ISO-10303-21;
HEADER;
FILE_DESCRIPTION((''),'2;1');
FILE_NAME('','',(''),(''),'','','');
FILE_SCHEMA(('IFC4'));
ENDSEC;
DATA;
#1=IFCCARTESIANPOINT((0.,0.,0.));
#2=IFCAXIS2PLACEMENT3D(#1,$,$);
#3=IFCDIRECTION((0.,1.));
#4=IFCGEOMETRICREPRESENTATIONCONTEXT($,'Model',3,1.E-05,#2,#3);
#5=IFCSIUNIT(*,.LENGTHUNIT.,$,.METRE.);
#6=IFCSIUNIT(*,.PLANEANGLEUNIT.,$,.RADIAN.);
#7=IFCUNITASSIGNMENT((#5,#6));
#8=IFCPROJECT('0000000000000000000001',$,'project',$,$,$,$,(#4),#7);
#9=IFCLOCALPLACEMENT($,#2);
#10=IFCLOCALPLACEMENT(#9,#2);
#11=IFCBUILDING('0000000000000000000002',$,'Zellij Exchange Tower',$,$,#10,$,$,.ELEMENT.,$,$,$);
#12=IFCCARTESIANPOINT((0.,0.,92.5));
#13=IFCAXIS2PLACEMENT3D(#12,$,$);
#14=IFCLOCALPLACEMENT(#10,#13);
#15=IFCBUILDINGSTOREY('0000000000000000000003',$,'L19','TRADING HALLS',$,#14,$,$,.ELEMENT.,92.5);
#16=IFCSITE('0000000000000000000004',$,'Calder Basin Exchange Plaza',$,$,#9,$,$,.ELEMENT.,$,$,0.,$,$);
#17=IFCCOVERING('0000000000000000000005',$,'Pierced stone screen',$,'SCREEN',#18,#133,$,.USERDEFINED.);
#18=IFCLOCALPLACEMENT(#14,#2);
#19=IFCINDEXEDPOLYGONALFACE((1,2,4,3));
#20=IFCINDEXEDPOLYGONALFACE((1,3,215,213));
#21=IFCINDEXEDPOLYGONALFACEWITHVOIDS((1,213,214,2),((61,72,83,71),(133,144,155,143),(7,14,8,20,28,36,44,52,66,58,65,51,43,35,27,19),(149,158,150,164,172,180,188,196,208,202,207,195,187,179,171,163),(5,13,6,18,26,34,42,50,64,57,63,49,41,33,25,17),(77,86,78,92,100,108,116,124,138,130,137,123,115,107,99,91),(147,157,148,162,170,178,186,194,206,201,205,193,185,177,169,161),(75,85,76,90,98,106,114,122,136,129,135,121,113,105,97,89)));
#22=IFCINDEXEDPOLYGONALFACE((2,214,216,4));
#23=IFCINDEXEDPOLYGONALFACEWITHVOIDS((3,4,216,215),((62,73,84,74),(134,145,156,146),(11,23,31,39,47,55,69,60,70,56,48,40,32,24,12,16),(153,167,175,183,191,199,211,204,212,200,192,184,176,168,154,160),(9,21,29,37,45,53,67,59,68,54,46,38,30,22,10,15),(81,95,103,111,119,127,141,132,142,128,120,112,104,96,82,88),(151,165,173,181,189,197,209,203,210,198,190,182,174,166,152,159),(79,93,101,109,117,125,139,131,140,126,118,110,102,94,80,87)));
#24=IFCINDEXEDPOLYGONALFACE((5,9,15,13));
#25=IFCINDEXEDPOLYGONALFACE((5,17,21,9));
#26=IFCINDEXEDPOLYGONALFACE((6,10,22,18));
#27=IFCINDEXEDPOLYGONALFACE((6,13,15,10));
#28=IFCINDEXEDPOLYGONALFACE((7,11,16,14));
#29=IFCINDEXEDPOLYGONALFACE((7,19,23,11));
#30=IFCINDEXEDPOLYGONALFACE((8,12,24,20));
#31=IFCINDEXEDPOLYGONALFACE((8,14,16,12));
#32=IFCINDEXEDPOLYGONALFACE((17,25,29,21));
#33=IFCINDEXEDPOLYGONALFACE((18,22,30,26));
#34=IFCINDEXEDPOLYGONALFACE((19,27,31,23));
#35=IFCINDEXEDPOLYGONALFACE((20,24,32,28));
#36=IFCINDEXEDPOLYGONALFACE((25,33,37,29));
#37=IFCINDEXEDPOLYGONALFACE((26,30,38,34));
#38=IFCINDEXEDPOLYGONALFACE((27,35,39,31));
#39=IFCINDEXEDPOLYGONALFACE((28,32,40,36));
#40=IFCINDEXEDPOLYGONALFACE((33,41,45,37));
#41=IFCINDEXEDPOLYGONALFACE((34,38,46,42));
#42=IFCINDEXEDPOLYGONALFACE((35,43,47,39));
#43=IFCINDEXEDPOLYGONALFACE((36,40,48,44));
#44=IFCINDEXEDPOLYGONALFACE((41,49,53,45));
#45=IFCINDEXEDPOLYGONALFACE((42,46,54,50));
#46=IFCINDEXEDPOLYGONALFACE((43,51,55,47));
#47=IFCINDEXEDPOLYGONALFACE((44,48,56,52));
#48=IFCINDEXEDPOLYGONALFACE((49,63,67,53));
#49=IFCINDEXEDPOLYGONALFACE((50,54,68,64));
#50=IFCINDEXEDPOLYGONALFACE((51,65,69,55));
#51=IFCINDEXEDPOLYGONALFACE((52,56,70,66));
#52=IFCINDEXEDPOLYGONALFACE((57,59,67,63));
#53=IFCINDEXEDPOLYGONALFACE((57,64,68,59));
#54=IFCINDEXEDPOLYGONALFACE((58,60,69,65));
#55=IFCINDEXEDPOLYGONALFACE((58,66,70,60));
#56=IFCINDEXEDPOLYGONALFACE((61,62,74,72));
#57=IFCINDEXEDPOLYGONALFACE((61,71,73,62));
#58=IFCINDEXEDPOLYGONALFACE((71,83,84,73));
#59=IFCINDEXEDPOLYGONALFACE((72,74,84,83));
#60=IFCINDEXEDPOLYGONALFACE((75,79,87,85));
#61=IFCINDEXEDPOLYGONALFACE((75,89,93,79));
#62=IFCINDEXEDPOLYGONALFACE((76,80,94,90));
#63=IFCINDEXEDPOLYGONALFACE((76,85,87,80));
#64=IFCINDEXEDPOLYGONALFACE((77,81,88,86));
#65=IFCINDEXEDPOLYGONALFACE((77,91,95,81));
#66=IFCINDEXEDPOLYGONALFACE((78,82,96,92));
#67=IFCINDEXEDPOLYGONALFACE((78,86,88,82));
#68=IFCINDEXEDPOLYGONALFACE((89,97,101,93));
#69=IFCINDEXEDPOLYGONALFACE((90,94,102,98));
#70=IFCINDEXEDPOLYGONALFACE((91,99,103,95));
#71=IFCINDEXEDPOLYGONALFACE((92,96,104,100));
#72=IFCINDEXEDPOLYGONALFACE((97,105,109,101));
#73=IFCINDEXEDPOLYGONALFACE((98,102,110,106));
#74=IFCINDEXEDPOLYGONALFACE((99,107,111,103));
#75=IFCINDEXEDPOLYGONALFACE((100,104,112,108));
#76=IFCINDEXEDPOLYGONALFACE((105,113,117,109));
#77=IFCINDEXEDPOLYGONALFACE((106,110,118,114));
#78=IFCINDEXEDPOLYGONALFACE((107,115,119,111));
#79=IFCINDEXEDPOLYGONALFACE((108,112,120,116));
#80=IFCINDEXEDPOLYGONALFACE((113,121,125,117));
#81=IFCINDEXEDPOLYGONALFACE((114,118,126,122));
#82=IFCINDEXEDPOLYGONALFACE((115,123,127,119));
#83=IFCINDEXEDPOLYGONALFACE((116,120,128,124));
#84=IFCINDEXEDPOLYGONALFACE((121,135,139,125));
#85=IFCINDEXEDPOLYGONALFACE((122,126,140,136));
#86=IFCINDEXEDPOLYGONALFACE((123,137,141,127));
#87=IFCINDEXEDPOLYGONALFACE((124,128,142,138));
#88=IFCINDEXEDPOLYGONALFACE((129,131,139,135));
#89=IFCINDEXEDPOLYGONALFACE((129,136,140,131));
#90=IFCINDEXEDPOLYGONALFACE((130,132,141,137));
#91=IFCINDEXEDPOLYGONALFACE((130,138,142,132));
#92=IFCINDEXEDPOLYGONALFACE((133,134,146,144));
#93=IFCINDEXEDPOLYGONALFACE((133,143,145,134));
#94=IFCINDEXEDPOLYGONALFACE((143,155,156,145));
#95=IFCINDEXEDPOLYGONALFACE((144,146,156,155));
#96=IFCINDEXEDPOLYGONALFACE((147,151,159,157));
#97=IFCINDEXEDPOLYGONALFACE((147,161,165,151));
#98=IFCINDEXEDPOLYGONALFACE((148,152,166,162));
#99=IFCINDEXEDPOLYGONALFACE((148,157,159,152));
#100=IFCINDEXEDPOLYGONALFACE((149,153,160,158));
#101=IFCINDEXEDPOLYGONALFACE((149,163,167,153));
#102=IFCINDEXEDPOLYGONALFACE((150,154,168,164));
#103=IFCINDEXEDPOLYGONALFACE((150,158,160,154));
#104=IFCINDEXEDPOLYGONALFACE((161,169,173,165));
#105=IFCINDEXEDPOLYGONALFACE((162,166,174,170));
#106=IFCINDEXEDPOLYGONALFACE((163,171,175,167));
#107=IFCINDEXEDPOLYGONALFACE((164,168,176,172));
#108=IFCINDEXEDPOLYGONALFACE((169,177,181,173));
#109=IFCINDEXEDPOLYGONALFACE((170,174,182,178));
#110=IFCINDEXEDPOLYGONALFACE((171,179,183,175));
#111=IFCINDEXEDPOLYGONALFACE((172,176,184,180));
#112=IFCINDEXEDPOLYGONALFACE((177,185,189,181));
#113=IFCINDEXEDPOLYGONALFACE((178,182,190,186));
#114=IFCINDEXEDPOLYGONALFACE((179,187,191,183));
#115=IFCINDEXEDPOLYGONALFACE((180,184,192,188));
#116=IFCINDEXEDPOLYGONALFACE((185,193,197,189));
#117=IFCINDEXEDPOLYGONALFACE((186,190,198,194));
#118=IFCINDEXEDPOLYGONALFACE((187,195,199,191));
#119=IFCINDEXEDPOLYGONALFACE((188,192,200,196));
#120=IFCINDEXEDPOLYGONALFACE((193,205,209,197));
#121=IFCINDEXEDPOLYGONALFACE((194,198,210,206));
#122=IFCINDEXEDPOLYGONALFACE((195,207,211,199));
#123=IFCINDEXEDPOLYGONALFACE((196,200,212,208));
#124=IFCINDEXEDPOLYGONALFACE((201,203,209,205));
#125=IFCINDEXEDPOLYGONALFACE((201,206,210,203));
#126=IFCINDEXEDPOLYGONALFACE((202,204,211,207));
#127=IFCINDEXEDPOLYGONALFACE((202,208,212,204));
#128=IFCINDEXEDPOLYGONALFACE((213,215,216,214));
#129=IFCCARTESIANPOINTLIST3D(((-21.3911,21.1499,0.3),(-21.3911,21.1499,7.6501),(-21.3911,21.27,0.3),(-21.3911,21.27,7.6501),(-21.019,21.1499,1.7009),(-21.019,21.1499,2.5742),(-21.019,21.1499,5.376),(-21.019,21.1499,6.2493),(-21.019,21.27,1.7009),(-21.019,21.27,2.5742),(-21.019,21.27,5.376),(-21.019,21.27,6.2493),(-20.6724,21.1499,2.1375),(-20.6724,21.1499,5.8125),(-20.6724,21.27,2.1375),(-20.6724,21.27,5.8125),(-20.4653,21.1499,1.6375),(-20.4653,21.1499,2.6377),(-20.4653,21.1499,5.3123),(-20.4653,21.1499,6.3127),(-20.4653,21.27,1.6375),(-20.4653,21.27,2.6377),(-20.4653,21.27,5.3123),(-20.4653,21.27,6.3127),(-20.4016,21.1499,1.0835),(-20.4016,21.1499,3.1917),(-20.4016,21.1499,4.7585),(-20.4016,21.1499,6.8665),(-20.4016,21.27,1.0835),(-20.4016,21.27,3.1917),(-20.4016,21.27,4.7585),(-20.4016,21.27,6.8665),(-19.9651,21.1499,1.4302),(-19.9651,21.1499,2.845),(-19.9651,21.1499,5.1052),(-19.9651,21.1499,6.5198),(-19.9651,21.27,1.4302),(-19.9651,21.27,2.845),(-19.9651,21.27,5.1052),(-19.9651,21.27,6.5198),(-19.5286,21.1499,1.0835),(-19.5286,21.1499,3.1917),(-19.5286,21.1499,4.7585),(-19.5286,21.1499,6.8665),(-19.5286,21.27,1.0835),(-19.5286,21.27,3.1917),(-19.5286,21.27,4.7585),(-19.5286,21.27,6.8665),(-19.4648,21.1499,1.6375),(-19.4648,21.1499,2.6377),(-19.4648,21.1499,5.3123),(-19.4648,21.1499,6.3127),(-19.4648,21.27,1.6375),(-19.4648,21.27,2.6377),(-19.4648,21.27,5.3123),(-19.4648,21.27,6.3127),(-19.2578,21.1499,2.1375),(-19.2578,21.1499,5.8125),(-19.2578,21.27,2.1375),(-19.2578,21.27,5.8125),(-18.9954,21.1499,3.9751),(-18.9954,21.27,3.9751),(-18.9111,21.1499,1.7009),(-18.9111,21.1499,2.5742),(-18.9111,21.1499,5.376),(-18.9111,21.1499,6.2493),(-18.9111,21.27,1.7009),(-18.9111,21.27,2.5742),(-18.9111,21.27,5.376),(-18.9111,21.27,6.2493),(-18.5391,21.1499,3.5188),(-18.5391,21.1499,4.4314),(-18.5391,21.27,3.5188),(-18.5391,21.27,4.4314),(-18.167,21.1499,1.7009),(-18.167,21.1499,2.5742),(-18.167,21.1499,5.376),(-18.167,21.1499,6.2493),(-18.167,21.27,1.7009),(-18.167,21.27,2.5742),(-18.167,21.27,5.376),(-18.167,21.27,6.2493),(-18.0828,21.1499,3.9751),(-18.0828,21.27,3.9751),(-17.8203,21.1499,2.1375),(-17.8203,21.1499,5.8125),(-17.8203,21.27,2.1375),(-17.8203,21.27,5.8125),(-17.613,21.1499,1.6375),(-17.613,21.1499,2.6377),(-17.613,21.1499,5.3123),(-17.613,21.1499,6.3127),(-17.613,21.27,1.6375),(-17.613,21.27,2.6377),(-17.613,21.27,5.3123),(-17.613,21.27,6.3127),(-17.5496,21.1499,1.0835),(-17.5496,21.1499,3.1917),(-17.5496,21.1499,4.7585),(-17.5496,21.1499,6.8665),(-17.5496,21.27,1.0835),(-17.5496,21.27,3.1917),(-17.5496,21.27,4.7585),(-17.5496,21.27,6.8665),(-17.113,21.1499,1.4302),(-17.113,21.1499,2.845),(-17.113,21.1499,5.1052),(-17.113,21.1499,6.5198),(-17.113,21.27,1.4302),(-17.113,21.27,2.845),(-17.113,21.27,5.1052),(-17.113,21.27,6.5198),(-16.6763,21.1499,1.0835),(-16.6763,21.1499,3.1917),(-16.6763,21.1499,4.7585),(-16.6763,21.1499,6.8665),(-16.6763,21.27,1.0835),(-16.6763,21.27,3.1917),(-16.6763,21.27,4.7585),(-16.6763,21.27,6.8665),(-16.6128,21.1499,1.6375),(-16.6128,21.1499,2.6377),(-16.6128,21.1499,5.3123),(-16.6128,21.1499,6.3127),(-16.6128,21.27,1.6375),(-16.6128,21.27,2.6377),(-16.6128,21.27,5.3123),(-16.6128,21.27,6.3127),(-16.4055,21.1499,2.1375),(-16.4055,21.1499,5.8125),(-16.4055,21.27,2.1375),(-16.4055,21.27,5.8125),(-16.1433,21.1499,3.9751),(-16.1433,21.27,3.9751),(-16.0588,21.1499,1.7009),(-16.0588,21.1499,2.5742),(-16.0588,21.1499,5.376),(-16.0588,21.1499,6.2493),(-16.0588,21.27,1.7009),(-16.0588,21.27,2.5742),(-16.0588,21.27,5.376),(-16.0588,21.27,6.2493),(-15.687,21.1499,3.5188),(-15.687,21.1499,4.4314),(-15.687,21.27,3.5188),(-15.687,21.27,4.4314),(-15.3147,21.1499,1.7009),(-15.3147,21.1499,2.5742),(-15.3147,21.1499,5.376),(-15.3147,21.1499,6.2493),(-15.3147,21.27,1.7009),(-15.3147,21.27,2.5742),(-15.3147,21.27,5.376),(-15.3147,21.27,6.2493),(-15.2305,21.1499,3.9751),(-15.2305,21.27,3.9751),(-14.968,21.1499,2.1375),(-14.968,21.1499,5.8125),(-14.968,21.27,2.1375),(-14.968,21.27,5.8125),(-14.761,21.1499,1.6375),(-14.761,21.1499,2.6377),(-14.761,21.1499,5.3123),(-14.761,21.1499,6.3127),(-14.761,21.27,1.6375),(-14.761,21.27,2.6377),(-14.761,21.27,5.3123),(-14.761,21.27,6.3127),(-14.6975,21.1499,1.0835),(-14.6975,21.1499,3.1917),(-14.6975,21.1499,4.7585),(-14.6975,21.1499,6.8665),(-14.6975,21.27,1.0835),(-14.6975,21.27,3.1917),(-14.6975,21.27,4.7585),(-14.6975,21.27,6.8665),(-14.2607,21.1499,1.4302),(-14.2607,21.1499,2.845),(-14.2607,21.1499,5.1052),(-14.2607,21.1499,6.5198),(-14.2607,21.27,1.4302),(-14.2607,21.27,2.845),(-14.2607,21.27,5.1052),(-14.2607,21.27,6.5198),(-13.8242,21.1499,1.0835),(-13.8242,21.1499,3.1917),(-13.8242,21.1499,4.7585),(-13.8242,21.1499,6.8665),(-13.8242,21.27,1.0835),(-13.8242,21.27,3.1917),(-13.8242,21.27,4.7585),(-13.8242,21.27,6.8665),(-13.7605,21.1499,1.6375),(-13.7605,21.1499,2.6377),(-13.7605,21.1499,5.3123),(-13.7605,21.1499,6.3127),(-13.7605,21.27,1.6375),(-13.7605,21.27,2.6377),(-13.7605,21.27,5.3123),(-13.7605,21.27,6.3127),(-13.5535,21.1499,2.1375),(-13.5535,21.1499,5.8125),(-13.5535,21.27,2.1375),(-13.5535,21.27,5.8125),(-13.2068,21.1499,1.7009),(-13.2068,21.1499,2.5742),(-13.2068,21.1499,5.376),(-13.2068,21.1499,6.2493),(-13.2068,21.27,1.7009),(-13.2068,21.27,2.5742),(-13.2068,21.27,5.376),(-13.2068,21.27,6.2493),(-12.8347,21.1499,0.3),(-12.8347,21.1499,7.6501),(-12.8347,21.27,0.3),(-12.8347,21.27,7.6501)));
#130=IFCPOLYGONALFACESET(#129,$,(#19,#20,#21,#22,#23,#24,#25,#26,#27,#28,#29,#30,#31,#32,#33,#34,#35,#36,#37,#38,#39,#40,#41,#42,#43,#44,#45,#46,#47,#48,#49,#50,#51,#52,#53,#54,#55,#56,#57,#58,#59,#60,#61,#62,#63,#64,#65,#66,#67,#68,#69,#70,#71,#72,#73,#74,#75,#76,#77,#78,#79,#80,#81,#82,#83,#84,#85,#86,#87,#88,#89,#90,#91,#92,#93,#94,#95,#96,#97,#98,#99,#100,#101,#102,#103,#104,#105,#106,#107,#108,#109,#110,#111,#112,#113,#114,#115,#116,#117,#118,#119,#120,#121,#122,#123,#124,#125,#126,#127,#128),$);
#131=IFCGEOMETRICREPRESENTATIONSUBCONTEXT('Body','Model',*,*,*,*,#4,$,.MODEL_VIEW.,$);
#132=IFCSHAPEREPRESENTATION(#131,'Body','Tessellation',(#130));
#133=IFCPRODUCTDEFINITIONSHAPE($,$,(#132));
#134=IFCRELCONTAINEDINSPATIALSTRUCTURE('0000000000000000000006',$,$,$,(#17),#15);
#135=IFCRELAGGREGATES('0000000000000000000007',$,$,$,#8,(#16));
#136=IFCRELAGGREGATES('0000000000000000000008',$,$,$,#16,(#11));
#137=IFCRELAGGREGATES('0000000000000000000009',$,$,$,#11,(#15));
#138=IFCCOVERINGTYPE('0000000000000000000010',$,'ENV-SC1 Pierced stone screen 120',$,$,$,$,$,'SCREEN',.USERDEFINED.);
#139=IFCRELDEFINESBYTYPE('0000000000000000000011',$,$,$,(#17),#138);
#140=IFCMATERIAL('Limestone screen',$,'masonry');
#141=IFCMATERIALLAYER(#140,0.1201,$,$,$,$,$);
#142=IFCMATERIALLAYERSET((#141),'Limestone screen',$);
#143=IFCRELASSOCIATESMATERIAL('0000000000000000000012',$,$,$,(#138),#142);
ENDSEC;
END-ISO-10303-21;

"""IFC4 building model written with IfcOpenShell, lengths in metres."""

from ifc_helpers import new_model, si_unit, direction, frame, origin, place, context, subcontext, project, spatial, polyline, outline, extrude, material, layer, layer_set, type_object, element, save


model = new_model("IFC4")

# Units and contexts
model_context = context("Model", 3, precision=1e-05, world=origin(), true_north=direction((0.0, 1.0)))
body_context = subcontext(model_context, "Body", "Model", "MODEL_VIEW")
ifc_project = project(units=[si_unit("LENGTHUNIT", "METRE"), si_unit("PLANEANGLEUNIT", "RADIAN")], contexts=[model_context])

# Site, building, storey
site_placement = place(None, origin())
site = spatial("IfcSite", under=ifc_project, at=site_placement, Name="Calder Basin Exchange Plaza", CompositionType="ELEMENT", RefElevation=0.0)
building_placement = place(site_placement, origin())
building = spatial("IfcBuilding", under=site, at=building_placement, Name="Zellij Exchange Tower", CompositionType="ELEMENT")
storey_placement = place(building_placement, frame((0.0, 0.0, 92.5)))
storey = spatial("IfcBuildingStorey", under=building, at=storey_placement, Name="L19", Description="TRADING HALLS", CompositionType="ELEMENT", Elevation=92.5)

# Covering
ifc_material_1 = material(Name="Limestone screen", Category="masonry")
ifc_layer_1 = layer(ifc_material_1, 0.1201)
ifc_layer_set_1 = layer_set([ifc_layer_1], Name="Limestone screen")
covering_type = type_object("IfcCoveringType", Name="ENV-SC1 Pierced stone screen 120", ElementType="SCREEN", PredefinedType="USERDEFINED", material=ifc_layer_set_1)
covering_1_placement = place(storey_placement, frame((-12.8347, 21.21, 0.3), z_axis=(0.0, 0.0, 1.0), x_axis=(-1.0, 0.0, 0.0)))
element("IfcCovering", 1, at=covering_1_placement, inside=storey, type_object=covering_type, Name="Pierced stone screen", ObjectType="SCREEN", PredefinedType="USERDEFINED", context=body_context, shape_type="SweptSolid", body=[
    extrude(outline(polyline([(0.0, 0.0), (8.5564, 0.0), (8.5564, 7.3501), (0.0, 7.3501), (0.0, 0.0)]), holes=[polyline([(2.48, 2.2742), (1.9263, 2.3376), (1.8628, 2.8916), (1.426, 2.5449), (0.9895, 2.8916), (0.9258, 2.3376), (0.3721, 2.2742), (0.7188, 1.8374), (0.3721, 1.4009), (0.9258, 1.3374), (0.9895, 0.7834), (1.426, 1.1301), (1.8628, 0.7834), (1.9263, 1.3374), (2.48, 1.4009), (2.1333, 1.8374), (2.48, 2.2742)]), polyline([(2.48, 5.9492), (1.9263, 6.0127), (1.8628, 6.5664), (1.426, 6.2197), (0.9895, 6.5664), (0.9258, 6.0127), (0.3721, 5.9492), (0.7188, 5.5125), (0.3721, 5.0759), (0.9258, 5.0122), (0.9895, 4.4585), (1.426, 4.8052), (1.8628, 4.4585), (1.9263, 5.0122), (2.48, 5.0759), (2.1333, 5.5125), (2.48, 5.9492)]), polyline([(5.3323, 2.2742), (4.7783, 2.3376), (4.7148, 2.8916), (4.2783, 2.5449), (3.8416, 2.8916), (3.7781, 2.3376), (3.2241, 2.2742), (3.5708, 1.8374), (3.2241, 1.4009), (3.7781, 1.3374), (3.8416, 0.7834), (4.2783, 1.1301), (4.7148, 0.7834), (4.7783, 1.3374), (5.3323, 1.4009), (4.9856, 1.8374), (5.3323, 2.2742)]), polyline([(5.3323, 5.9492), (4.7783, 6.0127), (4.7148, 6.5664), (4.2783, 6.2197), (3.8416, 6.5664), (3.7781, 6.0127), (3.2241, 5.9492), (3.5708, 5.5125), (3.2241, 5.0759), (3.7781, 5.0122), (3.8416, 4.4585), (4.2783, 4.8052), (4.7148, 4.4585), (4.7783, 5.0122), (5.3323, 5.0759), (4.9856, 5.5125), (5.3323, 5.9492)]), polyline([(8.1843, 2.2742), (7.6306, 2.3376), (7.5669, 2.8916), (7.1304, 2.5449), (6.6938, 2.8916), (6.6301, 2.3376), (6.0764, 2.2742), (6.4231, 1.8374), (6.0764, 1.4009), (6.6301, 1.3374), (6.6938, 0.7834), (7.1304, 1.1301), (7.5669, 0.7834), (7.6306, 1.3374), (8.1843, 1.4009), (7.8376, 1.8374), (8.1843, 2.2742)]), polyline([(8.1843, 5.9492), (7.6306, 6.0127), (7.5669, 6.5664), (7.1304, 6.2197), (6.6938, 6.5664), (6.6301, 6.0127), (6.0764, 5.9492), (6.4231, 5.5125), (6.0764, 5.0759), (6.6301, 5.0122), (6.6938, 4.4585), (7.1304, 4.8052), (7.5669, 4.4585), (7.6306, 5.0122), (8.1843, 5.0759), (7.8376, 5.5125), (8.1843, 5.9492)]), polyline([(3.3086, 3.675), (2.8523, 4.1313), (2.3958, 3.675), (2.8523, 3.2188), (3.3086, 3.675)]), polyline([(6.1606, 3.675), (5.7043, 4.1313), (5.248, 3.675), (5.7043, 3.2188), (6.1606, 3.675)])]), frame((0.0, 0.0601, 0.0), z_axis=(0.0, -1.0, 0.0), x_axis=(1.0, 0.0, 0.0)), (0.0, 0.0, 1.0), 0.1201),
])

save(model, "model.ifc")
